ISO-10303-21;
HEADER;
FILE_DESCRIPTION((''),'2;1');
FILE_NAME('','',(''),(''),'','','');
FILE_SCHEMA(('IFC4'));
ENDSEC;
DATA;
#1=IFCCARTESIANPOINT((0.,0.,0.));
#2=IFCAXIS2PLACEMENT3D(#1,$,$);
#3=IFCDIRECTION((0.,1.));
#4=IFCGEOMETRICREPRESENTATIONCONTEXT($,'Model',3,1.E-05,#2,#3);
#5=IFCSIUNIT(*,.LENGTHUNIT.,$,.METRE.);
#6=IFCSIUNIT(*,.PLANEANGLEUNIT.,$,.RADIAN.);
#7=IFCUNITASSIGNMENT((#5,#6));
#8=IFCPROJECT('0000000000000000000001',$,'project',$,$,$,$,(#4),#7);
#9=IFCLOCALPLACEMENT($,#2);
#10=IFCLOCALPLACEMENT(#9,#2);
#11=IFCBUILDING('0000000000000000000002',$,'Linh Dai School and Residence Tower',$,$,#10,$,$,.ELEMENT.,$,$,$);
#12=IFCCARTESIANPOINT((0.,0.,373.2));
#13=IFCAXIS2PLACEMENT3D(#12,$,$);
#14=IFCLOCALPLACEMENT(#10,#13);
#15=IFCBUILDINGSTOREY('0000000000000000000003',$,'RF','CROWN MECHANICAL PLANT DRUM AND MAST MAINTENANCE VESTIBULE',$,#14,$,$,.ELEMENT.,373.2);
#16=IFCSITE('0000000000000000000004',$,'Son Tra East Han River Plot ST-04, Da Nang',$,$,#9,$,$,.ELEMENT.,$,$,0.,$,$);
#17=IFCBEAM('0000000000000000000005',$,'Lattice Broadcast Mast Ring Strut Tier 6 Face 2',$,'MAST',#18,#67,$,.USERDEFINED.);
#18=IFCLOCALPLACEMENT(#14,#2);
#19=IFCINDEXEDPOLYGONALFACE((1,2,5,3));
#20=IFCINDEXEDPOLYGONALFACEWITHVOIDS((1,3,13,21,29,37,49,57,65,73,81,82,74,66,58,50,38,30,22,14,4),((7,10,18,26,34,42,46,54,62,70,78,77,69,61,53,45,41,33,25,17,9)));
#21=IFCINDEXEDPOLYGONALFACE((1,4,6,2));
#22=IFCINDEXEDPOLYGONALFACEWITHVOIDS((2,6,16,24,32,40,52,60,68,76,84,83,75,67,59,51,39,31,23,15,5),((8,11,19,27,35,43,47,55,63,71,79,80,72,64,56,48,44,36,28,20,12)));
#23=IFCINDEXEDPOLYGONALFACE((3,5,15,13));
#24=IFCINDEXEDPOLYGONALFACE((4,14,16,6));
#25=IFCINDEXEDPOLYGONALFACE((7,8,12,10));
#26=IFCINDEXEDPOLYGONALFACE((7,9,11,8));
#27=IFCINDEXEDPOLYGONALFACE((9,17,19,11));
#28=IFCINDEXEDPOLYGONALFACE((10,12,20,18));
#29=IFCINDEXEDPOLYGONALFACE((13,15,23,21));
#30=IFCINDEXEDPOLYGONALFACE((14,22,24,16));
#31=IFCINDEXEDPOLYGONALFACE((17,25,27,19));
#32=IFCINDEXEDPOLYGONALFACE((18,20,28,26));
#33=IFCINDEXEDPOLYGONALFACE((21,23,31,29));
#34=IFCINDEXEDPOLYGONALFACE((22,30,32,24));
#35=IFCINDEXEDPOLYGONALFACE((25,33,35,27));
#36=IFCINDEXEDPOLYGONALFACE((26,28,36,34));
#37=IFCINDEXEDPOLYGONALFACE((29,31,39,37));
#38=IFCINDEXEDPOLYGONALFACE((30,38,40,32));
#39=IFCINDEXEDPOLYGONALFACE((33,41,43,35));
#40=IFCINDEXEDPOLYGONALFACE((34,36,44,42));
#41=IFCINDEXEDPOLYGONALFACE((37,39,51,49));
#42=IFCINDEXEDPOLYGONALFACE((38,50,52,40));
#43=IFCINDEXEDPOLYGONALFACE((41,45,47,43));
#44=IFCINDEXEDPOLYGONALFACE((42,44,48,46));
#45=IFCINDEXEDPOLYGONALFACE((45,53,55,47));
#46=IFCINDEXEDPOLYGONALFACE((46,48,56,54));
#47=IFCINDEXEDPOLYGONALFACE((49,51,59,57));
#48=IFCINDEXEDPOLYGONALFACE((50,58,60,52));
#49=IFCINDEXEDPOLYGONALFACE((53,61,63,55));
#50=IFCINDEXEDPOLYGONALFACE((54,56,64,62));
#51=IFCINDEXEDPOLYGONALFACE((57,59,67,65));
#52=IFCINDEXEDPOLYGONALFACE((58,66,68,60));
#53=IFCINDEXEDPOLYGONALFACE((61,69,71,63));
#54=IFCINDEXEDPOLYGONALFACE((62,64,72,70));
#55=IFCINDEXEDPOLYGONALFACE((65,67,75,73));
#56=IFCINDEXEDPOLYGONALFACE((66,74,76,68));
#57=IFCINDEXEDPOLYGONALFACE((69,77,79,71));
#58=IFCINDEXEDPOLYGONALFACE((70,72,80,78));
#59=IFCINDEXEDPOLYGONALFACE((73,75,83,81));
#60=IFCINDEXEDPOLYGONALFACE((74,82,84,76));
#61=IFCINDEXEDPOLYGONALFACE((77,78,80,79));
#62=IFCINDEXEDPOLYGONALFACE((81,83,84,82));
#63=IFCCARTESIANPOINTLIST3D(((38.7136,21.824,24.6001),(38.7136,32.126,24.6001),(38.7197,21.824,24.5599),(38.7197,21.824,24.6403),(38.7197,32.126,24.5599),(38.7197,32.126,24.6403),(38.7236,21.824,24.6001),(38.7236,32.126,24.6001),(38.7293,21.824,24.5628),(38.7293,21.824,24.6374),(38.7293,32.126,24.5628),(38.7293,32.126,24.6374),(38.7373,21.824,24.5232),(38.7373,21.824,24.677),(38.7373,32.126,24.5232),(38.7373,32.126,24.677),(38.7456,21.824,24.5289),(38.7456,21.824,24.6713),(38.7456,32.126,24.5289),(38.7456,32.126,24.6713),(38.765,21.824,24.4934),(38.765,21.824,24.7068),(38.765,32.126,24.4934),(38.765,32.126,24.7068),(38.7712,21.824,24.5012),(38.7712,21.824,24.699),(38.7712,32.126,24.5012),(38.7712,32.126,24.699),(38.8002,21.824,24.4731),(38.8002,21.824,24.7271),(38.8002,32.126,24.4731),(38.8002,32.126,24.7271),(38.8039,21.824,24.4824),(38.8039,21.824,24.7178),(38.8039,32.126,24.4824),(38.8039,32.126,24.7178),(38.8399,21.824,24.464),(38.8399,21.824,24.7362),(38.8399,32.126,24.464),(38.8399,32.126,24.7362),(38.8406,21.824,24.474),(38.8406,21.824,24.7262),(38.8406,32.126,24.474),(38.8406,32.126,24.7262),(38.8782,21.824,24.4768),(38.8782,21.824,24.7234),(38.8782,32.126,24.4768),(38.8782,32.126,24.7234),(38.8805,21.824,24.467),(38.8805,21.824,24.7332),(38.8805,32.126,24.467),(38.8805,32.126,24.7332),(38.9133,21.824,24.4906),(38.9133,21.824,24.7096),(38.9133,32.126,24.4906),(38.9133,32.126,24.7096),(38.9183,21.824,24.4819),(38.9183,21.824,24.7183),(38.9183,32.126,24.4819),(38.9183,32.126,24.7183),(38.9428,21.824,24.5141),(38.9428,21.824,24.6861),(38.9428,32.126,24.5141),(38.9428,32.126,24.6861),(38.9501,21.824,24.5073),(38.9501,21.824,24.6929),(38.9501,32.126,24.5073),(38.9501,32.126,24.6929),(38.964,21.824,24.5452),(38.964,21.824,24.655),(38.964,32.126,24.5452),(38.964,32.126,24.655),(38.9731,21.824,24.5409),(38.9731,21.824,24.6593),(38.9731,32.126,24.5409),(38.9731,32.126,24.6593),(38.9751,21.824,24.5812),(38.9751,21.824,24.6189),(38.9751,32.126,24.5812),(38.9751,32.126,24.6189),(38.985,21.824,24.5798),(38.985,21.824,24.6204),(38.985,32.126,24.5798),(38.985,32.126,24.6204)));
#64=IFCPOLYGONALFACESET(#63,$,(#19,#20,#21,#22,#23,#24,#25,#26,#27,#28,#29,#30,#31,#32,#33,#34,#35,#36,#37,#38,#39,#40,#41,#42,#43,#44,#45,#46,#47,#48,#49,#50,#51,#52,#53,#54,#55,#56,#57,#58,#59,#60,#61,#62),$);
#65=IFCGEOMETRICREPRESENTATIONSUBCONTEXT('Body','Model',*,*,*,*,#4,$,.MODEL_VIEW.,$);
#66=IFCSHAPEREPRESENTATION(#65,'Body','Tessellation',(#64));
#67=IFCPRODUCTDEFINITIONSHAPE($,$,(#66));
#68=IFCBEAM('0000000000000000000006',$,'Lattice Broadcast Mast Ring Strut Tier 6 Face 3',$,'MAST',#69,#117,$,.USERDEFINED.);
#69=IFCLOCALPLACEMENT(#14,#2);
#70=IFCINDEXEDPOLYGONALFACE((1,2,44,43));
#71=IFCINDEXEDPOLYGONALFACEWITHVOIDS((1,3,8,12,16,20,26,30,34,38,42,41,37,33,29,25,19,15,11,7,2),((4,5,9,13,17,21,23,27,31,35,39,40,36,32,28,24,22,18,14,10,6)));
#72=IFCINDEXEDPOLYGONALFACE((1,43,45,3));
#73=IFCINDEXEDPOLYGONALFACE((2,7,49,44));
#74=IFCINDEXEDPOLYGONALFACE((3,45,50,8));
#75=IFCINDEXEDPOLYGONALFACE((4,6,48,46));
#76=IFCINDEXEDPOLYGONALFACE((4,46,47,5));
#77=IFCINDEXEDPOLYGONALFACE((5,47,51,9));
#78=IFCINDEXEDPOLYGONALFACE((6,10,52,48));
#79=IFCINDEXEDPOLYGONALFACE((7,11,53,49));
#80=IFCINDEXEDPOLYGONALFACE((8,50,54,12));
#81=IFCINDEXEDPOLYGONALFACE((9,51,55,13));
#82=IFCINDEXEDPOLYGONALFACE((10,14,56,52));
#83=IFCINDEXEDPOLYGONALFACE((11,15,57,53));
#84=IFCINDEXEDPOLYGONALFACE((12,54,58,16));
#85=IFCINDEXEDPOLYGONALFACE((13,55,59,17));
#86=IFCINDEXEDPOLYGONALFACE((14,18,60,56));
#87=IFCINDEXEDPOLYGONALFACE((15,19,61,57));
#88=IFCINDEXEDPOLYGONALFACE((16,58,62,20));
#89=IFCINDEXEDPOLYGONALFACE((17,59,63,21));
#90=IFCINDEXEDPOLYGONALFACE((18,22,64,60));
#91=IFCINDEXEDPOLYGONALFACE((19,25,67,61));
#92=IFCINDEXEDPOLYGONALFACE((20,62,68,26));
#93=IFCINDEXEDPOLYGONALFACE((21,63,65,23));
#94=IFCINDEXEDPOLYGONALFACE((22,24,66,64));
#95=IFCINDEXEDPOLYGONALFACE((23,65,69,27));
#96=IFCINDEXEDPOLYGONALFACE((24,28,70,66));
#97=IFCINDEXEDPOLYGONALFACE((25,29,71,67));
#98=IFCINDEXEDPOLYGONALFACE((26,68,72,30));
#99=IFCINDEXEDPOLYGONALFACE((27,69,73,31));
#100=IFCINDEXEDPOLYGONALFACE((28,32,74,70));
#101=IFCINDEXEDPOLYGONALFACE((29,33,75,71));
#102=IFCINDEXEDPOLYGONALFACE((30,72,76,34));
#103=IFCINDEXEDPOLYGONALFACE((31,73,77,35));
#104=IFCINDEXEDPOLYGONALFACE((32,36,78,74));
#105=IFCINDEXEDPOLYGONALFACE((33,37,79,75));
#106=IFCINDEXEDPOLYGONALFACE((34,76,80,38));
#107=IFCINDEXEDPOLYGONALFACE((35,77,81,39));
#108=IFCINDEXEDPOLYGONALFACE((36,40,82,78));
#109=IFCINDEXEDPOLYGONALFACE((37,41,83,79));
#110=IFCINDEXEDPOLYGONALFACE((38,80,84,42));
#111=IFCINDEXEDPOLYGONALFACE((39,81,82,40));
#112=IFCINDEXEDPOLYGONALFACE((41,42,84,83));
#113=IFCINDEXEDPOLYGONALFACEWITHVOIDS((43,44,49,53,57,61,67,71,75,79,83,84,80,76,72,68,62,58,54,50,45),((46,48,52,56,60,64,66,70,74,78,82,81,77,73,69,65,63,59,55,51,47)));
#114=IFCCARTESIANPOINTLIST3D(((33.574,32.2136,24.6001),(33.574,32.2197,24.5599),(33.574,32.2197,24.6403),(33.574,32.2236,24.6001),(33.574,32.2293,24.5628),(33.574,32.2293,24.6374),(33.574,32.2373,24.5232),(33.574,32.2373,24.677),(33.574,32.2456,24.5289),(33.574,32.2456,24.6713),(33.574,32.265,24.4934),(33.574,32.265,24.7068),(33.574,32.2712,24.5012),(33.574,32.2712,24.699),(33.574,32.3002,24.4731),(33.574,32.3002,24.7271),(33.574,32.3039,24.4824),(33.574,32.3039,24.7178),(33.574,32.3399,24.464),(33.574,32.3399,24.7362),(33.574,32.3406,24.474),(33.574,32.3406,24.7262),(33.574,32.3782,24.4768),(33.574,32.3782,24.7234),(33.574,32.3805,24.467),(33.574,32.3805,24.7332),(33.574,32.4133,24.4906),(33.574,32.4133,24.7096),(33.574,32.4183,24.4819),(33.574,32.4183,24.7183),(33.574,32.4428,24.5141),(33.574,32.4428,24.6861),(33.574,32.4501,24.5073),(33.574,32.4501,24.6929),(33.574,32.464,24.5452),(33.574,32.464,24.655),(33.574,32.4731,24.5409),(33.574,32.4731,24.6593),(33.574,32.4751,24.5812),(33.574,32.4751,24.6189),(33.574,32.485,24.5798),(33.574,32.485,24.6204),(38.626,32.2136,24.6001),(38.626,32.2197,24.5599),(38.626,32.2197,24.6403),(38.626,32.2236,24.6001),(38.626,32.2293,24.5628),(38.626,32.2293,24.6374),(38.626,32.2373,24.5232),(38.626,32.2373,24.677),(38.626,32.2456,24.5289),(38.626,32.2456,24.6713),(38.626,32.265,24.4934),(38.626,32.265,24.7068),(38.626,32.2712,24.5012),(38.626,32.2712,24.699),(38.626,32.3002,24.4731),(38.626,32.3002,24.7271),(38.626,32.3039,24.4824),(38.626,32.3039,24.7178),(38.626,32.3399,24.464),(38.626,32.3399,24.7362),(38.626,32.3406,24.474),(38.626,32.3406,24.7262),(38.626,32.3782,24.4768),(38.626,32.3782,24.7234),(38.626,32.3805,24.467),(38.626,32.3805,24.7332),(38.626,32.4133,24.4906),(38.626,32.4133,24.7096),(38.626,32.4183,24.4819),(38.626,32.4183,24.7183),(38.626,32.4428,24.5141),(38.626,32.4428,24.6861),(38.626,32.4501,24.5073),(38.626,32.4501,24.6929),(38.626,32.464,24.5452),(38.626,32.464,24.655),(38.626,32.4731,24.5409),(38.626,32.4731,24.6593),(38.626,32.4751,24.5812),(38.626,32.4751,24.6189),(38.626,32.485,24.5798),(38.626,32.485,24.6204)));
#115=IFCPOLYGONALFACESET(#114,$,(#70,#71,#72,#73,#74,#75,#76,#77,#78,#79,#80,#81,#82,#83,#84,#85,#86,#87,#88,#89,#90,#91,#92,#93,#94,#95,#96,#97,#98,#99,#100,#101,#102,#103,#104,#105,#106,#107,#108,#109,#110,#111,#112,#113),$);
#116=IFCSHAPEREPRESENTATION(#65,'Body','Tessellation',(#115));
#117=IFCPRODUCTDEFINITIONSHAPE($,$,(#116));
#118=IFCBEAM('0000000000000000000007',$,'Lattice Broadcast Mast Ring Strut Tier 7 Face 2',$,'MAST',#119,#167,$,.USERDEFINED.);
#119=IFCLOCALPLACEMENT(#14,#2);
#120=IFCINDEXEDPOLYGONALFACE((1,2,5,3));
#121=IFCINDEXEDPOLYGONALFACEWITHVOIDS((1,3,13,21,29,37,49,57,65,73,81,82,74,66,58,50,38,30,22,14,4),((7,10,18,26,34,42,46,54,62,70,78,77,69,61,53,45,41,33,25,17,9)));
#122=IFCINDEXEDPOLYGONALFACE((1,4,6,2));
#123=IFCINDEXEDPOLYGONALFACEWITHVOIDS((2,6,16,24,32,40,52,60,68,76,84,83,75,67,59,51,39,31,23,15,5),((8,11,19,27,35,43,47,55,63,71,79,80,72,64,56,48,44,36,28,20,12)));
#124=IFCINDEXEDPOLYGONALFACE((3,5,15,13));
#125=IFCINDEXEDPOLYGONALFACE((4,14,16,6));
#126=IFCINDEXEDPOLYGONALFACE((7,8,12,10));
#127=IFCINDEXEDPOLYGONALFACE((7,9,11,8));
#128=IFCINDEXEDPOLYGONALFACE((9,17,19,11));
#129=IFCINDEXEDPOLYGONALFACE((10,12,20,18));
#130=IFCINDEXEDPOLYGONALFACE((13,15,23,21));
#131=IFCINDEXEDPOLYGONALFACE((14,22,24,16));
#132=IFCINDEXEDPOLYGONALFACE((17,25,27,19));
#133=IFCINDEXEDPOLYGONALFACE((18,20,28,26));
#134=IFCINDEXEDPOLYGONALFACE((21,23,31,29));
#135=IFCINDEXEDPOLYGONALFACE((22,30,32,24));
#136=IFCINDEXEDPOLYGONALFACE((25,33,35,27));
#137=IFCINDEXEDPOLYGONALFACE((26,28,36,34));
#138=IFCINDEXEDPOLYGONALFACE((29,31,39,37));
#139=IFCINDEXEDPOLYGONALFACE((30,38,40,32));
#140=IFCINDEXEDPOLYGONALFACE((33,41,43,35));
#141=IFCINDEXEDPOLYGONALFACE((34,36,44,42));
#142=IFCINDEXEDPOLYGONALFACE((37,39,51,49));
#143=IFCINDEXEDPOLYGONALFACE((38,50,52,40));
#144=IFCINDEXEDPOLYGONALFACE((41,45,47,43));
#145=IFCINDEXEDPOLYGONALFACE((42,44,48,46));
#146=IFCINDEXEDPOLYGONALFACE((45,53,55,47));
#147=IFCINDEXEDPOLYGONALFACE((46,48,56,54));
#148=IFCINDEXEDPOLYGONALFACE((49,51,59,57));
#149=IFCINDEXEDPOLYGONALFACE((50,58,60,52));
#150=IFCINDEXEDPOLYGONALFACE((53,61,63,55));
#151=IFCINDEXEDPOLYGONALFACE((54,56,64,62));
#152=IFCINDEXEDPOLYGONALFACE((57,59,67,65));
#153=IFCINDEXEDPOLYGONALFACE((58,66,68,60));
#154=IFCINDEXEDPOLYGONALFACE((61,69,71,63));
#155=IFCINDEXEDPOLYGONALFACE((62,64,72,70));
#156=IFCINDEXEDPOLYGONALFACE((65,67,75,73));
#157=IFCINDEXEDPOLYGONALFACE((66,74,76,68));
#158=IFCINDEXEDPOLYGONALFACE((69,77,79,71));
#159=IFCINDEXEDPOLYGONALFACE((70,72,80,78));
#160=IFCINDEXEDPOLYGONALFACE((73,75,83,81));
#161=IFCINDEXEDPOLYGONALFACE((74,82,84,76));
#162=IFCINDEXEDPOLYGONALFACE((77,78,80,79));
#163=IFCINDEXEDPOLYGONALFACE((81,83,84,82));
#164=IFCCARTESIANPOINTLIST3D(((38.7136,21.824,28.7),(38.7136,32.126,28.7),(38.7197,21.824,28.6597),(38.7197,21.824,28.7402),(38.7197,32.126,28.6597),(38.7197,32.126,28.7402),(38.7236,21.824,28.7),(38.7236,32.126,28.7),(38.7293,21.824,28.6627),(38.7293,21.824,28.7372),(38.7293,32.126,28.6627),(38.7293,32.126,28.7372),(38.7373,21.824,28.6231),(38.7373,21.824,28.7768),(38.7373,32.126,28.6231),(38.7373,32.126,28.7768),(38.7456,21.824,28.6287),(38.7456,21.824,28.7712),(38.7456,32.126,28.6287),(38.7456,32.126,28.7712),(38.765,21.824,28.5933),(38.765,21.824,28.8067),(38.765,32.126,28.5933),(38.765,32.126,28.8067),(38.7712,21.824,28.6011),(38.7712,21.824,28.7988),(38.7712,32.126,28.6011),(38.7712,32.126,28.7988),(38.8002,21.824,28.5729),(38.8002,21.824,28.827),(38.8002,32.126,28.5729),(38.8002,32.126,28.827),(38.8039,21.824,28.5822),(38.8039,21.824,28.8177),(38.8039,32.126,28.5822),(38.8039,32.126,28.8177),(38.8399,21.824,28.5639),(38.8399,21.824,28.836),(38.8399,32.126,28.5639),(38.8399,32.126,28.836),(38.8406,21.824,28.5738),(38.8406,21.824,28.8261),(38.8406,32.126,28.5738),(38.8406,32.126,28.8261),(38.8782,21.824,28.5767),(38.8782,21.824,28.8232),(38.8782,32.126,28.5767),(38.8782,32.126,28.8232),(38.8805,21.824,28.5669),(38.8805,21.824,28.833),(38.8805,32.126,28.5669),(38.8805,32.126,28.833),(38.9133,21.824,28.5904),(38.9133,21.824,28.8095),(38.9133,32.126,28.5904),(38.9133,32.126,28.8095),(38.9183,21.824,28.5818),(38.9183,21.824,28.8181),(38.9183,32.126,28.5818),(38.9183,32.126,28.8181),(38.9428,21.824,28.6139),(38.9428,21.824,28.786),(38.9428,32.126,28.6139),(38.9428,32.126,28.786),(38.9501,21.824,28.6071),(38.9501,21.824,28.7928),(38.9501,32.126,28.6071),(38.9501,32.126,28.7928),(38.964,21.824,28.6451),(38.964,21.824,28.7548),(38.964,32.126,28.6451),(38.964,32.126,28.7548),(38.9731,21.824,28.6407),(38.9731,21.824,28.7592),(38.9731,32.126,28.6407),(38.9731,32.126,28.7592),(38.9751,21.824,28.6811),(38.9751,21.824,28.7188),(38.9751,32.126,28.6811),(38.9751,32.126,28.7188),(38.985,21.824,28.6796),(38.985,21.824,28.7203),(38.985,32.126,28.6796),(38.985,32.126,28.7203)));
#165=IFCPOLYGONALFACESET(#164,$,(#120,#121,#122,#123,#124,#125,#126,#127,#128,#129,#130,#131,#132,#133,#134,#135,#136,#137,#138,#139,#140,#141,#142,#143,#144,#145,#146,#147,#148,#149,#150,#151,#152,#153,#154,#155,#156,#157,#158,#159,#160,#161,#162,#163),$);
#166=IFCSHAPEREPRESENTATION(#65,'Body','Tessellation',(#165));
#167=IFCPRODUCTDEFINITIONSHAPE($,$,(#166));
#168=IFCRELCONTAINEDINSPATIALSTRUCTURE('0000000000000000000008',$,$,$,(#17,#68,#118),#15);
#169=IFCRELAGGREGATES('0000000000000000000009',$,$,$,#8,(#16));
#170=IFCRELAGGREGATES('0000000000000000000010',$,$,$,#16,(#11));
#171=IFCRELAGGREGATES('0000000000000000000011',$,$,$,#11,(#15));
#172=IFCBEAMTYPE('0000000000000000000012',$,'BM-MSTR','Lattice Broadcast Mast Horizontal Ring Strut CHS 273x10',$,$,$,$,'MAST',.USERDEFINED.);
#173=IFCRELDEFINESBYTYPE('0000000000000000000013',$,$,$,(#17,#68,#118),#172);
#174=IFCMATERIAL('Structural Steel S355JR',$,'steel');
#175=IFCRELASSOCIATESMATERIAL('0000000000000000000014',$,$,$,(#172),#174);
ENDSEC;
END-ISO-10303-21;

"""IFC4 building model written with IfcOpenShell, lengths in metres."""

from ifc_helpers import new_model, si_unit, direction, frame, origin, origin_2d, place, context, subcontext, project, spatial, hollow_circle, extrude, material, material_profile, profile_set, type_object, element, save


model = new_model("IFC4")

# Units and contexts
model_context = context("Model", 3, precision=1e-05, world=origin(), true_north=direction((0.0, 1.0)))
body_context = subcontext(model_context, "Body", "Model", "MODEL_VIEW")
ifc_project = project(units=[si_unit("LENGTHUNIT", "METRE"), si_unit("PLANEANGLEUNIT", "RADIAN")], contexts=[model_context])

# Site, building, storey
site_placement = place(None, origin())
site = spatial("IfcSite", under=ifc_project, at=site_placement, Name="Son Tra East Han River Plot ST-04, Da Nang", CompositionType="ELEMENT", RefElevation=0.0)
building_placement = place(site_placement, origin())
building = spatial("IfcBuilding", under=site, at=building_placement, Name="Linh Dai School and Residence Tower", CompositionType="ELEMENT")
storey_placement = place(building_placement, frame((0.0, 0.0, 373.2)))
storey = spatial("IfcBuildingStorey", under=building, at=storey_placement, Name="RF", Description="CROWN MECHANICAL PLANT DRUM AND MAST MAINTENANCE VESTIBULE", CompositionType="ELEMENT", Elevation=373.2)

# Beams
ifc_material = material(Name="Structural Steel S355JR", Category="steel")
ifc_material_profile_1 = material_profile(ifc_material, hollow_circle(Radius=0.1365, WallThickness=0.01, at=origin_2d()), Name="CHS 273x10")
ifc_profile_set_1 = profile_set([ifc_material_profile_1], Name="Structural Steel S355JR")
beam_type = type_object("IfcBeamType", Name="BM-MSTR", Description="Lattice Broadcast Mast Horizontal Ring Strut CHS 273x10", ElementType="MAST", PredefinedType="USERDEFINED", material=ifc_profile_set_1)
beam_1_placement = place(storey_placement, frame((38.8501, 21.824, 24.6001), z_axis=(0.0, 1.0, 0.0), x_axis=(-1.0, 0.0, 0.0)))
element("IfcBeam", 1, at=beam_1_placement, inside=storey, type_object=beam_type, Name="Lattice Broadcast Mast Ring Strut Tier 6 Face 2", ObjectType="MAST", PredefinedType="USERDEFINED", context=body_context, shape_type="SweptSolid", body=[
    extrude(hollow_circle(Radius=0.1365, WallThickness=0.01, at=origin_2d()), origin(), (0.0, 0.0, 1.0), 10.302),
])
beam_2_placement = place(storey_placement, frame((38.626, 32.3501, 24.6001), z_axis=(-1.0, 0.0, 0.0), x_axis=(0.0, -1.0, 0.0)))
element("IfcBeam", 2, at=beam_2_placement, inside=storey, type_object=beam_type, Name="Lattice Broadcast Mast Ring Strut Tier 6 Face 3", ObjectType="MAST", PredefinedType="USERDEFINED", context=body_context, shape_type="SweptSolid", body=[
    extrude(hollow_circle(Radius=0.1365, WallThickness=0.01, at=origin_2d()), origin(), (0.0, 0.0, 1.0), 5.052),
])
beam_3_placement = place(storey_placement, frame((38.8501, 21.824, 28.7), z_axis=(0.0, 1.0, 0.0), x_axis=(-1.0, 0.0, 0.0)))
element("IfcBeam", 3, at=beam_3_placement, inside=storey, type_object=beam_type, Name="Lattice Broadcast Mast Ring Strut Tier 7 Face 2", ObjectType="MAST", PredefinedType="USERDEFINED", context=body_context, shape_type="SweptSolid", body=[
    extrude(hollow_circle(Radius=0.1365, WallThickness=0.01, at=origin_2d()), origin(), (0.0, 0.0, 1.0), 10.302),
])

save(model, "model.ifc")
